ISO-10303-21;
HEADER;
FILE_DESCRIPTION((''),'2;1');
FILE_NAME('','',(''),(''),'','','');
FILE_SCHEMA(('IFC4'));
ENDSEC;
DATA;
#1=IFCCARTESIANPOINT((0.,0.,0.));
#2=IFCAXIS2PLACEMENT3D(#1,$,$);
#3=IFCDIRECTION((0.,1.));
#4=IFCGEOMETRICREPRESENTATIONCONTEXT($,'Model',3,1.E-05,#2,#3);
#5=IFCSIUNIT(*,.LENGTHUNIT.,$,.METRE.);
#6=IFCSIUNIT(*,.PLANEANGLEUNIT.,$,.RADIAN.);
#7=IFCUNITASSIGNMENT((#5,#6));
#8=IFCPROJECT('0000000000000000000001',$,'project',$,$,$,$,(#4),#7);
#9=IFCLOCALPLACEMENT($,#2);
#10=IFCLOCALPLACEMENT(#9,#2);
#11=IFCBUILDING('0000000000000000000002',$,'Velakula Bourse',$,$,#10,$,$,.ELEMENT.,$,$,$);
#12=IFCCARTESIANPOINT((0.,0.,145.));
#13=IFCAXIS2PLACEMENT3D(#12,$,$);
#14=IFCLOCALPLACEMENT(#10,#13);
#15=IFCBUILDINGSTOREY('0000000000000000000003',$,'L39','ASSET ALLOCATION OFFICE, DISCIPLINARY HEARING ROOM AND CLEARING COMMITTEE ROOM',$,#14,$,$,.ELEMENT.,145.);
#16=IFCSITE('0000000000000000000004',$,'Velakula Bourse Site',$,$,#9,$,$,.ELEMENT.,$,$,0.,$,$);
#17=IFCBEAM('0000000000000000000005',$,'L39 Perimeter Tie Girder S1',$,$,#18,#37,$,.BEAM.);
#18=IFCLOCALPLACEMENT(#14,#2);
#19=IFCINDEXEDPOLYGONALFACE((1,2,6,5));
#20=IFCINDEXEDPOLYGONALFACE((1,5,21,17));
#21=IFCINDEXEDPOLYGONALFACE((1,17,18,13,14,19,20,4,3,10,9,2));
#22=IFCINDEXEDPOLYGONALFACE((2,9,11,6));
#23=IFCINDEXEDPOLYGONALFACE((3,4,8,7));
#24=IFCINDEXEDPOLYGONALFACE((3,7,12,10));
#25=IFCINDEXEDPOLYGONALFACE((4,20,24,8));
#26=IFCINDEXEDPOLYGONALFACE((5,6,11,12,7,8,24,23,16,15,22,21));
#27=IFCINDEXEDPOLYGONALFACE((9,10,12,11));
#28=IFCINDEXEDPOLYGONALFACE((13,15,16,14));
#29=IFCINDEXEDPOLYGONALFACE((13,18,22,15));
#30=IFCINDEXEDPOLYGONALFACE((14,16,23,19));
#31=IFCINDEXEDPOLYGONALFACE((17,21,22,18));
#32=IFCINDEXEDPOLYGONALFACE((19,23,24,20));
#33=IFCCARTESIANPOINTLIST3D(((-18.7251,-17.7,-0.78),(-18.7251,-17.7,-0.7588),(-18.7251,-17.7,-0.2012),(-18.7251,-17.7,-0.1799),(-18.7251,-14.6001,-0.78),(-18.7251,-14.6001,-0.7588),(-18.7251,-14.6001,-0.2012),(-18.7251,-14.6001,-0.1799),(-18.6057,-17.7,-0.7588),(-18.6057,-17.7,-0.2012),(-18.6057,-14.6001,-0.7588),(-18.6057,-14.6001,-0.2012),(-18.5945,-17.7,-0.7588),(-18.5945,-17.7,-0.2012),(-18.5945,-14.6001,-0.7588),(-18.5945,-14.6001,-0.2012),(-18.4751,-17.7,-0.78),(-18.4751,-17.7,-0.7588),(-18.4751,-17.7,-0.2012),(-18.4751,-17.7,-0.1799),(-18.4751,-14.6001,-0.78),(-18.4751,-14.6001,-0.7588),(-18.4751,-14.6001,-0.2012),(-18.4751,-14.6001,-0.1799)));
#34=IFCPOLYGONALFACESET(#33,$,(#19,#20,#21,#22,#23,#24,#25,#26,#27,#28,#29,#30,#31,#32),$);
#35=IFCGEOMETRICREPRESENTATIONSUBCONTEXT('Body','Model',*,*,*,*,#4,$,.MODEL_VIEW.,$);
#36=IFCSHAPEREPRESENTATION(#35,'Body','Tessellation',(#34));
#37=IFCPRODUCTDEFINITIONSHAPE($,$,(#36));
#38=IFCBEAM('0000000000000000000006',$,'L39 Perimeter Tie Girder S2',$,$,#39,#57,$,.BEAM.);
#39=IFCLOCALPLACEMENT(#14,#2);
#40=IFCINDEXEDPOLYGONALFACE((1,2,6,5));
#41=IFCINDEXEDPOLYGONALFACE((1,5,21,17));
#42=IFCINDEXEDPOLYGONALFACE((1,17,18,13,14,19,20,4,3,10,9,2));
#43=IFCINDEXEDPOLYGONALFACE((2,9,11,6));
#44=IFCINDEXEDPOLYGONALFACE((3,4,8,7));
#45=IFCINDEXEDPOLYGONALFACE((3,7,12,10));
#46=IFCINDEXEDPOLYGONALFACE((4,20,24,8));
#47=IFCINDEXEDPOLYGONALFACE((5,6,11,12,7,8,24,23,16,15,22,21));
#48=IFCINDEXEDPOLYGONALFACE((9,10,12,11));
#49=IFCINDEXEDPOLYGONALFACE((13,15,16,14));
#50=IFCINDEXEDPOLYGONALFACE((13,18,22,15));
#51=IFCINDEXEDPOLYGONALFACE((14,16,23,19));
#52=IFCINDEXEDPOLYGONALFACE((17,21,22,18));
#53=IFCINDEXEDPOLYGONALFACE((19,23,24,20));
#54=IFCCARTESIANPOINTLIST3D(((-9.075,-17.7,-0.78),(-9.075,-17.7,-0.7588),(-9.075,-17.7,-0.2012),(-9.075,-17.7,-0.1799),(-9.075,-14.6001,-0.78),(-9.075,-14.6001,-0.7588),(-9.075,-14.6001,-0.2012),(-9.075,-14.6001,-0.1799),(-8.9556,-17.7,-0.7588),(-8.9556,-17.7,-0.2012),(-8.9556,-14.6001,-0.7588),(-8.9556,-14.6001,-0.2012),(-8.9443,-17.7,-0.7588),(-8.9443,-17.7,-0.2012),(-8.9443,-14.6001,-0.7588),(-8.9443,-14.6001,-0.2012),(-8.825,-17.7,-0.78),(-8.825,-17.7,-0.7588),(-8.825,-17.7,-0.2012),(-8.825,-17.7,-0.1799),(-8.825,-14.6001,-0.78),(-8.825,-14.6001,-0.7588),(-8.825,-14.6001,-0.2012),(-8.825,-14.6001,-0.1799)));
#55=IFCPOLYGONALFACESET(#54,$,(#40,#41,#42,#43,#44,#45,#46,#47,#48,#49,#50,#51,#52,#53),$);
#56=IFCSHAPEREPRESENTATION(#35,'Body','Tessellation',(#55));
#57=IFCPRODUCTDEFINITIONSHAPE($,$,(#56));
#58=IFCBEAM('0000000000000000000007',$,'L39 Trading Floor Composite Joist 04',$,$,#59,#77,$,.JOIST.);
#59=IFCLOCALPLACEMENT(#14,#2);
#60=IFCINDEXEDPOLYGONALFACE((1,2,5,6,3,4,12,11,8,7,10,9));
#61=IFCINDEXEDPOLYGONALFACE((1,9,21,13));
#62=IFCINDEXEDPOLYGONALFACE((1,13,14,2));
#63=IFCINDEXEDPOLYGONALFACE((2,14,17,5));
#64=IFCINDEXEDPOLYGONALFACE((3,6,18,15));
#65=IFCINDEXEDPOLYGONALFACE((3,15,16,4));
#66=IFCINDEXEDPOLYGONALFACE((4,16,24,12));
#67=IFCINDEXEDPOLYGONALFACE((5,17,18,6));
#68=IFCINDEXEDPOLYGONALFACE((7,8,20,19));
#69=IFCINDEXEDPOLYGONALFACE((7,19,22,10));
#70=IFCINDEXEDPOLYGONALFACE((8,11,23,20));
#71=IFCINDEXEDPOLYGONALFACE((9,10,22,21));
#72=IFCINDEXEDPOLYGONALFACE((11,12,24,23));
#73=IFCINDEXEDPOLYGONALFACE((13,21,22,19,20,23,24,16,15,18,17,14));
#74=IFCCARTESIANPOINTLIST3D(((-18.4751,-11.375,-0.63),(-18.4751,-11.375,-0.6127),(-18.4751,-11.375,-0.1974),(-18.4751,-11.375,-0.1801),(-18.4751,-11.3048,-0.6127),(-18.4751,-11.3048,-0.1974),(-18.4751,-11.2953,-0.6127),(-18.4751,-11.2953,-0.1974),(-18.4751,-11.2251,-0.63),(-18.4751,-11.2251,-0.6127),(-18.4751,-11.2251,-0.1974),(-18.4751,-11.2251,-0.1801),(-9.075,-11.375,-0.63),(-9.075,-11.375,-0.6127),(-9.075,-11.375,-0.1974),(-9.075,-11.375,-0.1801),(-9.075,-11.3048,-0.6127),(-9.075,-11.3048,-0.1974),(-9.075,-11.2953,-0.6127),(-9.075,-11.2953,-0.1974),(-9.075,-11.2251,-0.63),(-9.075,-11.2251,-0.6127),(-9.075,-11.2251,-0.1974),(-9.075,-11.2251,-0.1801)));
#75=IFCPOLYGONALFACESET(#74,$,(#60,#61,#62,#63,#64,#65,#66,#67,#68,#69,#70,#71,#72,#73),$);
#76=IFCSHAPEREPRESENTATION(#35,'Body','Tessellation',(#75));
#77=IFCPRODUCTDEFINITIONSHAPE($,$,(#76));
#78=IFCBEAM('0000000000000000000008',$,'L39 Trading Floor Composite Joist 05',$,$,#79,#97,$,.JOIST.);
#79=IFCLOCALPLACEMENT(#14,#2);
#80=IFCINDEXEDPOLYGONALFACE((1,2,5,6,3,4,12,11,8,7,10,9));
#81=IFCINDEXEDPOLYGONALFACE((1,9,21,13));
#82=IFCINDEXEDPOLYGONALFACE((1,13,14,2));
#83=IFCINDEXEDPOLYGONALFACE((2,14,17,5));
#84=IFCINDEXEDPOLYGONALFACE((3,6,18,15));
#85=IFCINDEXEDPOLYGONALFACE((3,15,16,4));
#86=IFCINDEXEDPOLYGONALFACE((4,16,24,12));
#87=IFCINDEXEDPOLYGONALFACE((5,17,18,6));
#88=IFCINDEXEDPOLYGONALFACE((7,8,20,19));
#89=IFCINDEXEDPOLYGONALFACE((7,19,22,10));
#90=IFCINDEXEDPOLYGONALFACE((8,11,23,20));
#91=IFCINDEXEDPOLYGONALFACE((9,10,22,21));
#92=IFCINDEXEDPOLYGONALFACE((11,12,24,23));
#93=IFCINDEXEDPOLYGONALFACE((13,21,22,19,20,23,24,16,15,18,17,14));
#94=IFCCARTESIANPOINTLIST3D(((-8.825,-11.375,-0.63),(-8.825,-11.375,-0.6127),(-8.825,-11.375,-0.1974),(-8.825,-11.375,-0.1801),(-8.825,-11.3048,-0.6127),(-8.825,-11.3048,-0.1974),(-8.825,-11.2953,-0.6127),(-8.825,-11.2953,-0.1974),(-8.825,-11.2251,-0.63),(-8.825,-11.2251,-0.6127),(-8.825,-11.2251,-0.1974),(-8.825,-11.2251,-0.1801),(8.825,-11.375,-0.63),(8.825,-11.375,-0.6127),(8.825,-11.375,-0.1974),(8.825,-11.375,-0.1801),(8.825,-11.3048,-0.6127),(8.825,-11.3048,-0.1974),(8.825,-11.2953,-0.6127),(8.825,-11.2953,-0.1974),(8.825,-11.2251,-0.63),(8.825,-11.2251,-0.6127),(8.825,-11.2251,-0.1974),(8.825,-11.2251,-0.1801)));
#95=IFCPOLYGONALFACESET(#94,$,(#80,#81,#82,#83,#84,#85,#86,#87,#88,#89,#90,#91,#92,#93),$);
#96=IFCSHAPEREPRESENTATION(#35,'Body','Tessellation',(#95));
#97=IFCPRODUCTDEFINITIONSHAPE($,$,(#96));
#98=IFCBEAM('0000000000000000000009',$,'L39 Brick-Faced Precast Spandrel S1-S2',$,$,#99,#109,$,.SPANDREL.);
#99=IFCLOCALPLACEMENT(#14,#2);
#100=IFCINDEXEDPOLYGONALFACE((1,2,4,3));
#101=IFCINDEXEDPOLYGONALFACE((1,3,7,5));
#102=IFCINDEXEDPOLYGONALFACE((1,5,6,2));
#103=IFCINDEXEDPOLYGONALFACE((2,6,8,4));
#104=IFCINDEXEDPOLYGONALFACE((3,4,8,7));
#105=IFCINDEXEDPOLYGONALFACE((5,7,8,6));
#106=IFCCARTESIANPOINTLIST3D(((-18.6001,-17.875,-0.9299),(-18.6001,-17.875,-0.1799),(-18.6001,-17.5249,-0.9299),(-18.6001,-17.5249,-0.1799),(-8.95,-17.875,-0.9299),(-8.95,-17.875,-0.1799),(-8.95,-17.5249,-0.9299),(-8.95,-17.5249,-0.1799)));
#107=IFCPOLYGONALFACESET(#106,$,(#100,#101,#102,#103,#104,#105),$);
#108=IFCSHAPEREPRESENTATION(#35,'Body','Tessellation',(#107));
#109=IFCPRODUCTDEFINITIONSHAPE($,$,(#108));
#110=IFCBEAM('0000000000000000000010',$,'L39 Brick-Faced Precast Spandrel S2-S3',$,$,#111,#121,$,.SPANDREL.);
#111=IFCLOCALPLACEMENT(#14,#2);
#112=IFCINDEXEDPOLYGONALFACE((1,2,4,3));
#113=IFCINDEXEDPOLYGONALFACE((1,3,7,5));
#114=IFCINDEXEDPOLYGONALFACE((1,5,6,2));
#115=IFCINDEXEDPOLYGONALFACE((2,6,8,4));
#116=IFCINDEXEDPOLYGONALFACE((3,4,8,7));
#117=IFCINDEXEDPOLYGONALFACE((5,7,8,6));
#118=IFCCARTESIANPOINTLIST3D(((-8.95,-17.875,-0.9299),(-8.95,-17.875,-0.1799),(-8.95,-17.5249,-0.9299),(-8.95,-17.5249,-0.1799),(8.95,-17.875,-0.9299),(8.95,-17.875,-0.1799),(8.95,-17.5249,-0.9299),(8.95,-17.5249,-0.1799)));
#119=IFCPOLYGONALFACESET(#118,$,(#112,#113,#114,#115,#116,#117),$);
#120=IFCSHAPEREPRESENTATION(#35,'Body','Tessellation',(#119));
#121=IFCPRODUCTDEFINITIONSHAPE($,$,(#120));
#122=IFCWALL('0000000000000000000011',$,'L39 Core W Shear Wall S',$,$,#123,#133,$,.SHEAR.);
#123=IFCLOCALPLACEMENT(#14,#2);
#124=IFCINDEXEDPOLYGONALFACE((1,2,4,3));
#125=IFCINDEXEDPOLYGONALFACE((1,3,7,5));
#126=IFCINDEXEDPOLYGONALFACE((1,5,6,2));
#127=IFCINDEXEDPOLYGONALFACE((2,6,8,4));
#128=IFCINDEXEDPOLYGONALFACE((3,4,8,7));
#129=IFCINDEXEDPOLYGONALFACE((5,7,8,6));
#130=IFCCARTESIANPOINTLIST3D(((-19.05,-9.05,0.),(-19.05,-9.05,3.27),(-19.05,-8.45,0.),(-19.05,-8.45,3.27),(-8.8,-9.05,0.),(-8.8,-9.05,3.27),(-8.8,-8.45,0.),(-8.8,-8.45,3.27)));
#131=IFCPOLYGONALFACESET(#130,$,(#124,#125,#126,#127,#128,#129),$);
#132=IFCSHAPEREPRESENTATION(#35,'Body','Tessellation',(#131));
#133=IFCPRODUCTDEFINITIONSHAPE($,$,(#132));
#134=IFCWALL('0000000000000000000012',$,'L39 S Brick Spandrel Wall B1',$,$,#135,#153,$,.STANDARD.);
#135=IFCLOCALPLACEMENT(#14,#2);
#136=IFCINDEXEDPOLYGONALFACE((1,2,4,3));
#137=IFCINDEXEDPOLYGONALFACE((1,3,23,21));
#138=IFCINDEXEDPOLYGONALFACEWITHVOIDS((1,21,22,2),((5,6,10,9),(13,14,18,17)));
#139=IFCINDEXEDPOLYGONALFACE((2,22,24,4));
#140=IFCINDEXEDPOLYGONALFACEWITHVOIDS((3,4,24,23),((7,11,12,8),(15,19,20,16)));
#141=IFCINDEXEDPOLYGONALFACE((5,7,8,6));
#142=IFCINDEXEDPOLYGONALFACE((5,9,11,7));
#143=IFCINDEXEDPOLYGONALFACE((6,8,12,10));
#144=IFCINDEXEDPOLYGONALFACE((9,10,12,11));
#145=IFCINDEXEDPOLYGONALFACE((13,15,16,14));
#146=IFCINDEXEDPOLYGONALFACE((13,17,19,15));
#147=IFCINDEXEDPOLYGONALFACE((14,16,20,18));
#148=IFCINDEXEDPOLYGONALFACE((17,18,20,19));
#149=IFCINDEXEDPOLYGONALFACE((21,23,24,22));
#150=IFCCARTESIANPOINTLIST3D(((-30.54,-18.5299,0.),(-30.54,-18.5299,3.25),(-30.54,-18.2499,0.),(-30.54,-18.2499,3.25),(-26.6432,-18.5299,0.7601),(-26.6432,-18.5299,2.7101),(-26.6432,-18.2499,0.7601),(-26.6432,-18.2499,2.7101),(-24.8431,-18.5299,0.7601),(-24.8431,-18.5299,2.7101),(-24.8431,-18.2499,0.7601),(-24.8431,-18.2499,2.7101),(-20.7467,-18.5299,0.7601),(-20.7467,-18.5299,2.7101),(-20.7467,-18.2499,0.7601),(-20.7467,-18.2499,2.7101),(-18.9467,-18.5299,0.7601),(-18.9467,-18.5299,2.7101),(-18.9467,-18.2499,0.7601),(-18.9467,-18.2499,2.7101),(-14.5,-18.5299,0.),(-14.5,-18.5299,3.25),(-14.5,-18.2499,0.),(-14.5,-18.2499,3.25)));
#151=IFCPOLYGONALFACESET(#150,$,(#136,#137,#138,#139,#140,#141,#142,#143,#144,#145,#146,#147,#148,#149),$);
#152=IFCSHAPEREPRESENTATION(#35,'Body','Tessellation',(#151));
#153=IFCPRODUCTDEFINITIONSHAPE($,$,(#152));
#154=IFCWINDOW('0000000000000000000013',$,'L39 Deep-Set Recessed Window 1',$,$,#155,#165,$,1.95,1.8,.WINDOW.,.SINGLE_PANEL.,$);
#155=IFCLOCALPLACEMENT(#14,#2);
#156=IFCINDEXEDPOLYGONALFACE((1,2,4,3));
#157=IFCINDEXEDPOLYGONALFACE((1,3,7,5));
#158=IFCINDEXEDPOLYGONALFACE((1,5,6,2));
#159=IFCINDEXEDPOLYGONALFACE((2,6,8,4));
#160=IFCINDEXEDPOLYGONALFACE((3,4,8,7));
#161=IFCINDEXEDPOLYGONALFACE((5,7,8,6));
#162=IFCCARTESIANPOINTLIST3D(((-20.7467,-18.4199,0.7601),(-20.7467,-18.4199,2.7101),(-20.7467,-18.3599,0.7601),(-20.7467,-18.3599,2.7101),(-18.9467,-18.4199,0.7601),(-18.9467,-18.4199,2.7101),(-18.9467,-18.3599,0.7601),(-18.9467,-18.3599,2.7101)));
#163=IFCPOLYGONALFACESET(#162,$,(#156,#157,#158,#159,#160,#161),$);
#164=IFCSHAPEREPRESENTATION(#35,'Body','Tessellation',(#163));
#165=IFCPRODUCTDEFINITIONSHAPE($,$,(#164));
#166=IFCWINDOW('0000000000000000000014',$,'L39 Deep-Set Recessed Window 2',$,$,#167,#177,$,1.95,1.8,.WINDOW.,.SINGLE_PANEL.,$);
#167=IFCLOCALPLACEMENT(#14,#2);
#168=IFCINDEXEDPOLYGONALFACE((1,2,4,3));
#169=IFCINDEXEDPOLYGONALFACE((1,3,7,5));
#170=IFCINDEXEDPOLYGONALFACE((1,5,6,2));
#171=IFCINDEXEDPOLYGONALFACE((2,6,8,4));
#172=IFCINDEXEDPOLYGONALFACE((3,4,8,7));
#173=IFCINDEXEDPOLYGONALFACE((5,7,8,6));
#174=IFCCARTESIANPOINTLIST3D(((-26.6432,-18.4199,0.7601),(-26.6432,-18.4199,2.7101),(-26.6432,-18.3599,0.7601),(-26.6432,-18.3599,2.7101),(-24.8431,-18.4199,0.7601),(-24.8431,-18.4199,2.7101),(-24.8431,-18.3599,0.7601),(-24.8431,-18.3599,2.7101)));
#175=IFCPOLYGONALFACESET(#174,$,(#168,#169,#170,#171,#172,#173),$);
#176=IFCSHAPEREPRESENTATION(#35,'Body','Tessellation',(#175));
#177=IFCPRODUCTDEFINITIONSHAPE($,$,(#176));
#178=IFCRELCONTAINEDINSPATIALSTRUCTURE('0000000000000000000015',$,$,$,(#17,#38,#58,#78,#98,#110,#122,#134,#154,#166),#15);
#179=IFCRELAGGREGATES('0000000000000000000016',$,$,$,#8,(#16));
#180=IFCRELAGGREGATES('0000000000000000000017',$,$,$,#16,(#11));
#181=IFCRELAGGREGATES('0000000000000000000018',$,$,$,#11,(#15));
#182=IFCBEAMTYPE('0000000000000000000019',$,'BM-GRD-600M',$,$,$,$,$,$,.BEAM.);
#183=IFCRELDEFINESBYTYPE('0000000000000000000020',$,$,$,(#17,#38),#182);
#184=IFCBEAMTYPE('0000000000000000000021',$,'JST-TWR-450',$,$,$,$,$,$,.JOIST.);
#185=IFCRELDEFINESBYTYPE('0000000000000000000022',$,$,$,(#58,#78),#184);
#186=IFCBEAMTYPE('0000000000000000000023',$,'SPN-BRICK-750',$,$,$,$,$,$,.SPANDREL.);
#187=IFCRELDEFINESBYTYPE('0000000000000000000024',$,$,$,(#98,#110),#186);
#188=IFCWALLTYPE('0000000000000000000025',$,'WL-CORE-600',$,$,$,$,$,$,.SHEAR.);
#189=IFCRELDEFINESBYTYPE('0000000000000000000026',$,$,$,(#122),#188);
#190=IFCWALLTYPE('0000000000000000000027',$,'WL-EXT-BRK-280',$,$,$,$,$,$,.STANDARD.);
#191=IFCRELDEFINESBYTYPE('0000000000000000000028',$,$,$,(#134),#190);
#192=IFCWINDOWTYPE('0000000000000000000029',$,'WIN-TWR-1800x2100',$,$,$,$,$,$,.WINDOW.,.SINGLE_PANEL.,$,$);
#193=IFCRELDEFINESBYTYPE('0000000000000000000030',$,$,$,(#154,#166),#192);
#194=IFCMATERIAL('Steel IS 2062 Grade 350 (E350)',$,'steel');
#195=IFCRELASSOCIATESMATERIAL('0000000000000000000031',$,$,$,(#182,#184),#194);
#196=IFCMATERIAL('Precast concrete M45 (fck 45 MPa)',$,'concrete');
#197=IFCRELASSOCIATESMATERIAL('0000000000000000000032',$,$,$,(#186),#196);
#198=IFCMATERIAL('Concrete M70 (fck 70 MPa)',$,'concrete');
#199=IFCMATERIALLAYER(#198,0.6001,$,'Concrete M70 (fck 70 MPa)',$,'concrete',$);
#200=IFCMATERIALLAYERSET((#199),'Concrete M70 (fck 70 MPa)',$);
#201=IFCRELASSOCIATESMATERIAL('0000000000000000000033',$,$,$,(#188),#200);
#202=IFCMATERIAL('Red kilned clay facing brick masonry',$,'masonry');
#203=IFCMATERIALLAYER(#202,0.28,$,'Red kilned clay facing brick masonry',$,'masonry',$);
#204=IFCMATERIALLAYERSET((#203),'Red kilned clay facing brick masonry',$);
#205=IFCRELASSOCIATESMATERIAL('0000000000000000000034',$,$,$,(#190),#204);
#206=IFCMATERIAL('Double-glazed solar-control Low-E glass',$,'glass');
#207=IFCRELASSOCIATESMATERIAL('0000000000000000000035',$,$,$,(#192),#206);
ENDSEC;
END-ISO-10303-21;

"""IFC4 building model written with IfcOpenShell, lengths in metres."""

from ifc_helpers import new_model, si_unit, direction, frame, frame_2d, origin, origin_2d, place, context, subcontext, project, spatial, rectangle, i_section, extrude, material, layer, layer_set, material_profile, profile_set, type_object, element, fill, save


model = new_model("IFC4")

# Units and contexts
model_context = context("Model", 3, precision=1e-05, world=origin(), true_north=direction((0.0, 1.0)))
body_context = subcontext(model_context, "Body", "Model", "MODEL_VIEW")
ifc_project = project(units=[si_unit("LENGTHUNIT", "METRE"), si_unit("PLANEANGLEUNIT", "RADIAN")], contexts=[model_context])

# Site, building, storey
site_placement = place(None, origin())
site = spatial("IfcSite", under=ifc_project, at=site_placement, Name="Velakula Bourse Site", CompositionType="ELEMENT", RefElevation=0.0)
building_placement = place(site_placement, origin())
building = spatial("IfcBuilding", under=site, at=building_placement, Name="Velakula Bourse", CompositionType="ELEMENT")
storey_placement = place(building_placement, frame((0.0, 0.0, 145.0)))
storey = spatial("IfcBuildingStorey", under=building, at=storey_placement, Name="L39", Description="ASSET ALLOCATION OFFICE, DISCIPLINARY HEARING ROOM AND CLEARING COMMITTEE ROOM", CompositionType="ELEMENT", Elevation=145.0)

# Shared definitions
ifc_material_1 = material(Name="Concrete M70 (fck 70 MPa)", Category="concrete")
ifc_material_2 = material(Name="Steel IS 2062 Grade 350 (E350)", Category="steel")

# Beams
ifc_material_profile_1 = material_profile(ifc_material_2, i_section(OverallWidth=0.25, OverallDepth=0.6001, WebThickness=0.0112, FlangeThickness=0.0212, at=origin_2d()), Name="Steel IS 2062 Grade 350 (E350)")
ifc_profile_set_1 = profile_set([ifc_material_profile_1], Name="Steel IS 2062 Grade 350 (E350)")
beam_type_1 = type_object("IfcBeamType", Name="BM-GRD-600M", PredefinedType="BEAM", material=ifc_profile_set_1)
for number, where, z_axis, x_axis, name in (
    (1, (-18.6001, -14.6001, -0.48), (0.0, -1.0, 0.0), (1.0, 0.0, 0.0), "L39 Perimeter Tie Girder S1"),
    (2, (-8.95, -14.6001, -0.48), (0.0, -1.0, 0.0), (1.0, 0.0, 0.0), "L39 Perimeter Tie Girder S2"),
):
    element("IfcBeam", number, at=place(storey_placement, frame(where, z_axis=z_axis, x_axis=x_axis)), inside=storey, type_object=beam_type_1, Name=name, PredefinedType="BEAM", context=body_context, shape_type="SweptSolid", body=[
        extrude(i_section(OverallWidth=0.25, OverallDepth=0.6001, WebThickness=0.0112, FlangeThickness=0.0212, at=origin_2d()), origin(), (0.0, 0.0, 1.0), 3.0999),
    ])
ifc_material_profile_2 = material_profile(ifc_material_2, i_section(OverallWidth=0.1499, OverallDepth=0.45, WebThickness=0.0095, FlangeThickness=0.0173, at=origin_2d()), Name="Steel IS 2062 Grade 350 (E350)")
ifc_profile_set_2 = profile_set([ifc_material_profile_2], Name="Steel IS 2062 Grade 350 (E350)")
beam_type_2 = type_object("IfcBeamType", Name="JST-TWR-450", PredefinedType="JOIST", material=ifc_profile_set_2)
beam_1_placement = place(storey_placement, frame((-18.4751, -11.3, -0.405), z_axis=(1.0, 0.0, 0.0), x_axis=(0.0, 1.0, 0.0)))
element("IfcBeam", 3, at=beam_1_placement, inside=storey, type_object=beam_type_2, Name="L39 Trading Floor Composite Joist 04", PredefinedType="JOIST", context=body_context, shape_type="SweptSolid", body=[
    extrude(i_section(OverallWidth=0.1499, OverallDepth=0.45, WebThickness=0.0095, FlangeThickness=0.0173, at=origin_2d()), origin(), (0.0, 0.0, 1.0), 9.4001),
])
beam_2_placement = place(storey_placement, frame((-8.825, -11.3, -0.405), z_axis=(1.0, 0.0, 0.0), x_axis=(0.0, 1.0, 0.0)))
element("IfcBeam", 4, at=beam_2_placement, inside=storey, type_object=beam_type_2, Name="L39 Trading Floor Composite Joist 05", PredefinedType="JOIST", context=body_context, shape_type="SweptSolid", body=[
    extrude(i_section(OverallWidth=0.1499, OverallDepth=0.45, WebThickness=0.0095, FlangeThickness=0.0173, at=origin_2d()), origin(), (0.0, 0.0, 1.0), 17.6499),
])
ifc_material_3 = material(Name="Precast concrete M45 (fck 45 MPa)", Category="concrete")
ifc_material_profile_3 = material_profile(ifc_material_3, rectangle(XDim=0.3501, YDim=0.75, at=origin_2d()), Name="Precast concrete M45 (fck 45 MPa)")
ifc_profile_set_3 = profile_set([ifc_material_profile_3], Name="Precast concrete M45 (fck 45 MPa)")
beam_type_3 = type_object("IfcBeamType", Name="SPN-BRICK-750", PredefinedType="SPANDREL", material=ifc_profile_set_3)
beam_3_placement = place(storey_placement, frame((-18.6001, -17.7, -0.5549), z_axis=(1.0, 0.0, 0.0), x_axis=(0.0, 1.0, 0.0)))
element("IfcBeam", 5, at=beam_3_placement, inside=storey, type_object=beam_type_3, Name="L39 Brick-Faced Precast Spandrel S1-S2", PredefinedType="SPANDREL", context=body_context, shape_type="SweptSolid", body=[
    extrude(rectangle(XDim=0.3501, YDim=0.75, at=origin_2d()), origin(), (0.0, 0.0, 1.0), 9.6501),
])
beam_4_placement = place(storey_placement, frame((-8.95, -17.7, -0.5549), z_axis=(1.0, 0.0, 0.0), x_axis=(0.0, 1.0, 0.0)))
element("IfcBeam", 6, at=beam_4_placement, inside=storey, type_object=beam_type_3, Name="L39 Brick-Faced Precast Spandrel S2-S3", PredefinedType="SPANDREL", context=body_context, shape_type="SweptSolid", body=[
    extrude(rectangle(XDim=0.3501, YDim=0.75, at=origin_2d()), origin(), (0.0, 0.0, 1.0), 17.8999),
])

# Wall
ifc_layer_1 = layer(ifc_material_1, 0.6001, Name="Concrete M70 (fck 70 MPa)", Category="concrete")
ifc_layer_set_1 = layer_set([ifc_layer_1], Name="Concrete M70 (fck 70 MPa)")
wall_type_1 = type_object("IfcWallType", Name="WL-CORE-600", PredefinedType="SHEAR", material=ifc_layer_set_1)
wall_1_placement = place(storey_placement, frame((-19.05, -8.75, 0.0), z_axis=(0.0, 0.0, 1.0), x_axis=(1.0, 0.0, 0.0)))
element("IfcWall", 7, at=wall_1_placement, inside=storey, type_object=wall_type_1, Name="L39 Core W Shear Wall S", PredefinedType="SHEAR", context=body_context, shape_type="SweptSolid", body=[
    extrude(rectangle(XDim=10.25, YDim=0.6001, at=frame_2d((5.125, 0.0))), origin(), (0.0, 0.0, 1.0), 3.27),
])

# Wall, openings, windows
ifc_material_4 = material(Name="Red kilned clay facing brick masonry", Category="masonry")
ifc_layer_2 = layer(ifc_material_4, 0.28, Name="Red kilned clay facing brick masonry", Category="masonry")
ifc_layer_set_2 = layer_set([ifc_layer_2], Name="Red kilned clay facing brick masonry")
wall_type_2 = type_object("IfcWallType", Name="WL-EXT-BRK-280", PredefinedType="STANDARD", material=ifc_layer_set_2)
wall_2_placement = place(storey_placement, frame((-14.5, -18.3899, 0.0), z_axis=(0.0, 0.0, 1.0), x_axis=(-1.0, 0.0, 0.0)))
wall_2 = element("IfcWall", 8, at=wall_2_placement, inside=storey, type_object=wall_type_2, Name="L39 S Brick Spandrel Wall B1", PredefinedType="STANDARD", context=body_context, shape_type="SweptSolid", body=[
    extrude(rectangle(XDim=16.04, YDim=0.28, at=frame_2d((8.02, 0.0))), origin(), (0.0, 0.0, 1.0), 3.25),
])
opening_1_placement = place(wall_2_placement, frame((4.4468, 0.0, 0.76)))
opening_1 = element("IfcOpeningElement", 9, at=opening_1_placement, cuts=wall_2, PredefinedType="OPENING", context=body_context, shape_type="SweptSolid", body=[
    extrude(rectangle(XDim=1.8, YDim=1.95, at=frame_2d((0.8999, 0.9751))), frame((0.0, 0.1499, 0.0), z_axis=(0.0, -1.0, 0.0), x_axis=(1.0, 0.0, 0.0)), (0.0, 0.0, 1.0), 0.3),
])
opening_2_placement = place(wall_2_placement, frame((10.3433, 0.0, 0.76)))
opening_2 = element("IfcOpeningElement", 10, at=opening_2_placement, cuts=wall_2, PredefinedType="OPENING", context=body_context, shape_type="SweptSolid", body=[
    extrude(rectangle(XDim=1.8, YDim=1.95, at=frame_2d((0.8999, 0.9751))), frame((0.0, 0.1499, 0.0), z_axis=(0.0, -1.0, 0.0), x_axis=(1.0, 0.0, 0.0)), (0.0, 0.0, 1.0), 0.3),
])
ifc_material_5 = material(Name="Double-glazed solar-control Low-E glass", Category="glass")
window_type = type_object("IfcWindowType", Name="WIN-TWR-1800x2100", PartitioningType="SINGLE_PANEL", PredefinedType="WINDOW", material=ifc_material_5)
window_1_placement = place(opening_1_placement, origin())
window_1 = element("IfcWindow", 11, at=window_1_placement, inside=storey, type_object=window_type, Name="L39 Deep-Set Recessed Window 1", OverallHeight=1.95, OverallWidth=1.8, PartitioningType="SINGLE_PANEL", PredefinedType="WINDOW", context=body_context, shape_type="SweptSolid", body=[
    extrude(rectangle(XDim=1.8, YDim=1.95, at=frame_2d((0.8999, 0.9751))), frame((0.0, 0.03, 0.0), z_axis=(0.0, -1.0, 0.0), x_axis=(1.0, 0.0, 0.0)), (0.0, 0.0, 1.0), 0.0601),
])
fill(opening_1, window_1)
window_2_placement = place(opening_2_placement, origin())
window_2 = element("IfcWindow", 12, at=window_2_placement, inside=storey, type_object=window_type, Name="L39 Deep-Set Recessed Window 2", OverallHeight=1.95, OverallWidth=1.8, PartitioningType="SINGLE_PANEL", PredefinedType="WINDOW", context=body_context, shape_type="SweptSolid", body=[
    extrude(rectangle(XDim=1.8, YDim=1.95, at=frame_2d((0.8999, 0.9751))), frame((0.0, 0.03, 0.0), z_axis=(0.0, -1.0, 0.0), x_axis=(1.0, 0.0, 0.0)), (0.0, 0.0, 1.0), 0.0601),
])
fill(opening_2, window_2)

save(model, "model.ifc")
